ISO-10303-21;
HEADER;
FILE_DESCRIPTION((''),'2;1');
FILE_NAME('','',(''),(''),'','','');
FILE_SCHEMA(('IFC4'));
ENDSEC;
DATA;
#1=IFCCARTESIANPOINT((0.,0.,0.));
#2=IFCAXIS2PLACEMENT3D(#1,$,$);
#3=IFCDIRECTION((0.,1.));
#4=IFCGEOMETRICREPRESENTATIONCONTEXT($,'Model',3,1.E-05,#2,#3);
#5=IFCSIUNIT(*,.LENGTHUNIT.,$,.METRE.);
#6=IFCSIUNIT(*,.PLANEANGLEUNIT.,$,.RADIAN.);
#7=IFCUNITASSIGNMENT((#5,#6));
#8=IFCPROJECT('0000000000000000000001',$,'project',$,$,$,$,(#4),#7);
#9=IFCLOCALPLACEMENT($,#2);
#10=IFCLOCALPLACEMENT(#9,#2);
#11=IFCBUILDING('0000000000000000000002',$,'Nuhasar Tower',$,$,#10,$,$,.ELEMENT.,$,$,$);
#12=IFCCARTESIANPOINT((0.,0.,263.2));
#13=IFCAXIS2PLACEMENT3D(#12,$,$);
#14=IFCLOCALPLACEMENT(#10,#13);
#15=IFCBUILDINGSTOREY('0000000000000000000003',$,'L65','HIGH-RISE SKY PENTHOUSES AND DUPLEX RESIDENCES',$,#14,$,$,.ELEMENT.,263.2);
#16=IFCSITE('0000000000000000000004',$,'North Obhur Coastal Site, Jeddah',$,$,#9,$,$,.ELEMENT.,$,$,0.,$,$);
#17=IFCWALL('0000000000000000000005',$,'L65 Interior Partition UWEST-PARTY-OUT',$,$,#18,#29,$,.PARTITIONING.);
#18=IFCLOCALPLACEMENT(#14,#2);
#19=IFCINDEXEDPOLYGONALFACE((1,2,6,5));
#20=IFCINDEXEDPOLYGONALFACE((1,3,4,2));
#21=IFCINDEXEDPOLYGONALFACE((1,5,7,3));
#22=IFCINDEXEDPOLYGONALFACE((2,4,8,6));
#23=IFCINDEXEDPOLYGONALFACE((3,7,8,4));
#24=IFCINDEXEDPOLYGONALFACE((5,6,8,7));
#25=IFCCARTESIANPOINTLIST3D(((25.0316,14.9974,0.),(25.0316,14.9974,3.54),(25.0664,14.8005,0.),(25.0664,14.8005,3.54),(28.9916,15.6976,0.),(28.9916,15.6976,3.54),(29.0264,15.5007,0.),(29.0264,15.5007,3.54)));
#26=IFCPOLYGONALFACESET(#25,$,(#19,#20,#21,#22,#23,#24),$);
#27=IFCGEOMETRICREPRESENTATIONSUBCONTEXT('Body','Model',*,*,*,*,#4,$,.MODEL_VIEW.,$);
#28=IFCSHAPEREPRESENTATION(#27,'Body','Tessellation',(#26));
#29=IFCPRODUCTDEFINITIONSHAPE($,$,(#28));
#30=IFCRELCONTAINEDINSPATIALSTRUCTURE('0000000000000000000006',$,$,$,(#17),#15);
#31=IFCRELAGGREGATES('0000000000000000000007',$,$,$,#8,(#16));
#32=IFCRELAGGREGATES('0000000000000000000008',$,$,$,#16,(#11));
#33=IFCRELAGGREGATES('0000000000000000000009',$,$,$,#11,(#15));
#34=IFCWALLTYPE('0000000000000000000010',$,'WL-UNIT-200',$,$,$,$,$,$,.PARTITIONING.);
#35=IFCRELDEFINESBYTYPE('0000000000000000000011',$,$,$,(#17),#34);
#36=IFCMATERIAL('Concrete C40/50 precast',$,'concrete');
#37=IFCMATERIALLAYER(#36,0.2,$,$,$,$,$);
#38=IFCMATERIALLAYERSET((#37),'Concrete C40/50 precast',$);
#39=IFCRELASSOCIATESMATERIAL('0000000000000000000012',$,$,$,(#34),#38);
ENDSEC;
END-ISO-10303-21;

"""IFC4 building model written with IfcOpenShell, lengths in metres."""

from ifc_helpers import new_model, si_unit, direction, frame, frame_2d, origin, place, context, subcontext, project, spatial, rectangle, extrude, material, layer, layer_set, type_object, element, save


model = new_model("IFC4")

# Units and contexts
model_context = context("Model", 3, precision=1e-05, world=origin(), true_north=direction((0.0, 1.0)))
body_context = subcontext(model_context, "Body", "Model", "MODEL_VIEW")
ifc_project = project(units=[si_unit("LENGTHUNIT", "METRE"), si_unit("PLANEANGLEUNIT", "RADIAN")], contexts=[model_context])

# Site, building, storey
site_placement = place(None, origin())
site = spatial("IfcSite", under=ifc_project, at=site_placement, Name="North Obhur Coastal Site, Jeddah", CompositionType="ELEMENT", RefElevation=0.0)
building_placement = place(site_placement, origin())
building = spatial("IfcBuilding", under=site, at=building_placement, Name="Nuhasar Tower", CompositionType="ELEMENT")
storey_placement = place(building_placement, frame((0.0, 0.0, 263.2)))
storey = spatial("IfcBuildingStorey", under=building, at=storey_placement, Name="L65", Description="HIGH-RISE SKY PENTHOUSES AND DUPLEX RESIDENCES", CompositionType="ELEMENT", Elevation=263.2)

# Wall
ifc_material_1 = material(Name="Concrete C40/50 precast", Category="concrete")
ifc_layer_1 = layer(ifc_material_1, 0.2)
ifc_layer_set_1 = layer_set([ifc_layer_1], Name="Concrete C40/50 precast")
wall_type_1 = type_object("IfcWallType", Name="WL-UNIT-200", PredefinedType="PARTITIONING", material=ifc_layer_set_1)
wall_1_placement = place(storey_placement, frame((29.009, 15.5991, 0.0), z_axis=(0.0, 0.0, 1.0), x_axis=(-0.984725, -0.174118, 0.0)))
element("IfcWall", 1, at=wall_1_placement, inside=storey, type_object=wall_type_1, Name="L65 Interior Partition UWEST-PARTY-OUT", PredefinedType="PARTITIONING", context=body_context, shape_type="SweptSolid", body=[
    extrude(rectangle(XDim=4.0215, YDim=0.2, at=frame_2d((2.0107, 0.0))), origin(), (0.0, 0.0, 1.0), 3.54),
])

save(model, "model.ifc")
